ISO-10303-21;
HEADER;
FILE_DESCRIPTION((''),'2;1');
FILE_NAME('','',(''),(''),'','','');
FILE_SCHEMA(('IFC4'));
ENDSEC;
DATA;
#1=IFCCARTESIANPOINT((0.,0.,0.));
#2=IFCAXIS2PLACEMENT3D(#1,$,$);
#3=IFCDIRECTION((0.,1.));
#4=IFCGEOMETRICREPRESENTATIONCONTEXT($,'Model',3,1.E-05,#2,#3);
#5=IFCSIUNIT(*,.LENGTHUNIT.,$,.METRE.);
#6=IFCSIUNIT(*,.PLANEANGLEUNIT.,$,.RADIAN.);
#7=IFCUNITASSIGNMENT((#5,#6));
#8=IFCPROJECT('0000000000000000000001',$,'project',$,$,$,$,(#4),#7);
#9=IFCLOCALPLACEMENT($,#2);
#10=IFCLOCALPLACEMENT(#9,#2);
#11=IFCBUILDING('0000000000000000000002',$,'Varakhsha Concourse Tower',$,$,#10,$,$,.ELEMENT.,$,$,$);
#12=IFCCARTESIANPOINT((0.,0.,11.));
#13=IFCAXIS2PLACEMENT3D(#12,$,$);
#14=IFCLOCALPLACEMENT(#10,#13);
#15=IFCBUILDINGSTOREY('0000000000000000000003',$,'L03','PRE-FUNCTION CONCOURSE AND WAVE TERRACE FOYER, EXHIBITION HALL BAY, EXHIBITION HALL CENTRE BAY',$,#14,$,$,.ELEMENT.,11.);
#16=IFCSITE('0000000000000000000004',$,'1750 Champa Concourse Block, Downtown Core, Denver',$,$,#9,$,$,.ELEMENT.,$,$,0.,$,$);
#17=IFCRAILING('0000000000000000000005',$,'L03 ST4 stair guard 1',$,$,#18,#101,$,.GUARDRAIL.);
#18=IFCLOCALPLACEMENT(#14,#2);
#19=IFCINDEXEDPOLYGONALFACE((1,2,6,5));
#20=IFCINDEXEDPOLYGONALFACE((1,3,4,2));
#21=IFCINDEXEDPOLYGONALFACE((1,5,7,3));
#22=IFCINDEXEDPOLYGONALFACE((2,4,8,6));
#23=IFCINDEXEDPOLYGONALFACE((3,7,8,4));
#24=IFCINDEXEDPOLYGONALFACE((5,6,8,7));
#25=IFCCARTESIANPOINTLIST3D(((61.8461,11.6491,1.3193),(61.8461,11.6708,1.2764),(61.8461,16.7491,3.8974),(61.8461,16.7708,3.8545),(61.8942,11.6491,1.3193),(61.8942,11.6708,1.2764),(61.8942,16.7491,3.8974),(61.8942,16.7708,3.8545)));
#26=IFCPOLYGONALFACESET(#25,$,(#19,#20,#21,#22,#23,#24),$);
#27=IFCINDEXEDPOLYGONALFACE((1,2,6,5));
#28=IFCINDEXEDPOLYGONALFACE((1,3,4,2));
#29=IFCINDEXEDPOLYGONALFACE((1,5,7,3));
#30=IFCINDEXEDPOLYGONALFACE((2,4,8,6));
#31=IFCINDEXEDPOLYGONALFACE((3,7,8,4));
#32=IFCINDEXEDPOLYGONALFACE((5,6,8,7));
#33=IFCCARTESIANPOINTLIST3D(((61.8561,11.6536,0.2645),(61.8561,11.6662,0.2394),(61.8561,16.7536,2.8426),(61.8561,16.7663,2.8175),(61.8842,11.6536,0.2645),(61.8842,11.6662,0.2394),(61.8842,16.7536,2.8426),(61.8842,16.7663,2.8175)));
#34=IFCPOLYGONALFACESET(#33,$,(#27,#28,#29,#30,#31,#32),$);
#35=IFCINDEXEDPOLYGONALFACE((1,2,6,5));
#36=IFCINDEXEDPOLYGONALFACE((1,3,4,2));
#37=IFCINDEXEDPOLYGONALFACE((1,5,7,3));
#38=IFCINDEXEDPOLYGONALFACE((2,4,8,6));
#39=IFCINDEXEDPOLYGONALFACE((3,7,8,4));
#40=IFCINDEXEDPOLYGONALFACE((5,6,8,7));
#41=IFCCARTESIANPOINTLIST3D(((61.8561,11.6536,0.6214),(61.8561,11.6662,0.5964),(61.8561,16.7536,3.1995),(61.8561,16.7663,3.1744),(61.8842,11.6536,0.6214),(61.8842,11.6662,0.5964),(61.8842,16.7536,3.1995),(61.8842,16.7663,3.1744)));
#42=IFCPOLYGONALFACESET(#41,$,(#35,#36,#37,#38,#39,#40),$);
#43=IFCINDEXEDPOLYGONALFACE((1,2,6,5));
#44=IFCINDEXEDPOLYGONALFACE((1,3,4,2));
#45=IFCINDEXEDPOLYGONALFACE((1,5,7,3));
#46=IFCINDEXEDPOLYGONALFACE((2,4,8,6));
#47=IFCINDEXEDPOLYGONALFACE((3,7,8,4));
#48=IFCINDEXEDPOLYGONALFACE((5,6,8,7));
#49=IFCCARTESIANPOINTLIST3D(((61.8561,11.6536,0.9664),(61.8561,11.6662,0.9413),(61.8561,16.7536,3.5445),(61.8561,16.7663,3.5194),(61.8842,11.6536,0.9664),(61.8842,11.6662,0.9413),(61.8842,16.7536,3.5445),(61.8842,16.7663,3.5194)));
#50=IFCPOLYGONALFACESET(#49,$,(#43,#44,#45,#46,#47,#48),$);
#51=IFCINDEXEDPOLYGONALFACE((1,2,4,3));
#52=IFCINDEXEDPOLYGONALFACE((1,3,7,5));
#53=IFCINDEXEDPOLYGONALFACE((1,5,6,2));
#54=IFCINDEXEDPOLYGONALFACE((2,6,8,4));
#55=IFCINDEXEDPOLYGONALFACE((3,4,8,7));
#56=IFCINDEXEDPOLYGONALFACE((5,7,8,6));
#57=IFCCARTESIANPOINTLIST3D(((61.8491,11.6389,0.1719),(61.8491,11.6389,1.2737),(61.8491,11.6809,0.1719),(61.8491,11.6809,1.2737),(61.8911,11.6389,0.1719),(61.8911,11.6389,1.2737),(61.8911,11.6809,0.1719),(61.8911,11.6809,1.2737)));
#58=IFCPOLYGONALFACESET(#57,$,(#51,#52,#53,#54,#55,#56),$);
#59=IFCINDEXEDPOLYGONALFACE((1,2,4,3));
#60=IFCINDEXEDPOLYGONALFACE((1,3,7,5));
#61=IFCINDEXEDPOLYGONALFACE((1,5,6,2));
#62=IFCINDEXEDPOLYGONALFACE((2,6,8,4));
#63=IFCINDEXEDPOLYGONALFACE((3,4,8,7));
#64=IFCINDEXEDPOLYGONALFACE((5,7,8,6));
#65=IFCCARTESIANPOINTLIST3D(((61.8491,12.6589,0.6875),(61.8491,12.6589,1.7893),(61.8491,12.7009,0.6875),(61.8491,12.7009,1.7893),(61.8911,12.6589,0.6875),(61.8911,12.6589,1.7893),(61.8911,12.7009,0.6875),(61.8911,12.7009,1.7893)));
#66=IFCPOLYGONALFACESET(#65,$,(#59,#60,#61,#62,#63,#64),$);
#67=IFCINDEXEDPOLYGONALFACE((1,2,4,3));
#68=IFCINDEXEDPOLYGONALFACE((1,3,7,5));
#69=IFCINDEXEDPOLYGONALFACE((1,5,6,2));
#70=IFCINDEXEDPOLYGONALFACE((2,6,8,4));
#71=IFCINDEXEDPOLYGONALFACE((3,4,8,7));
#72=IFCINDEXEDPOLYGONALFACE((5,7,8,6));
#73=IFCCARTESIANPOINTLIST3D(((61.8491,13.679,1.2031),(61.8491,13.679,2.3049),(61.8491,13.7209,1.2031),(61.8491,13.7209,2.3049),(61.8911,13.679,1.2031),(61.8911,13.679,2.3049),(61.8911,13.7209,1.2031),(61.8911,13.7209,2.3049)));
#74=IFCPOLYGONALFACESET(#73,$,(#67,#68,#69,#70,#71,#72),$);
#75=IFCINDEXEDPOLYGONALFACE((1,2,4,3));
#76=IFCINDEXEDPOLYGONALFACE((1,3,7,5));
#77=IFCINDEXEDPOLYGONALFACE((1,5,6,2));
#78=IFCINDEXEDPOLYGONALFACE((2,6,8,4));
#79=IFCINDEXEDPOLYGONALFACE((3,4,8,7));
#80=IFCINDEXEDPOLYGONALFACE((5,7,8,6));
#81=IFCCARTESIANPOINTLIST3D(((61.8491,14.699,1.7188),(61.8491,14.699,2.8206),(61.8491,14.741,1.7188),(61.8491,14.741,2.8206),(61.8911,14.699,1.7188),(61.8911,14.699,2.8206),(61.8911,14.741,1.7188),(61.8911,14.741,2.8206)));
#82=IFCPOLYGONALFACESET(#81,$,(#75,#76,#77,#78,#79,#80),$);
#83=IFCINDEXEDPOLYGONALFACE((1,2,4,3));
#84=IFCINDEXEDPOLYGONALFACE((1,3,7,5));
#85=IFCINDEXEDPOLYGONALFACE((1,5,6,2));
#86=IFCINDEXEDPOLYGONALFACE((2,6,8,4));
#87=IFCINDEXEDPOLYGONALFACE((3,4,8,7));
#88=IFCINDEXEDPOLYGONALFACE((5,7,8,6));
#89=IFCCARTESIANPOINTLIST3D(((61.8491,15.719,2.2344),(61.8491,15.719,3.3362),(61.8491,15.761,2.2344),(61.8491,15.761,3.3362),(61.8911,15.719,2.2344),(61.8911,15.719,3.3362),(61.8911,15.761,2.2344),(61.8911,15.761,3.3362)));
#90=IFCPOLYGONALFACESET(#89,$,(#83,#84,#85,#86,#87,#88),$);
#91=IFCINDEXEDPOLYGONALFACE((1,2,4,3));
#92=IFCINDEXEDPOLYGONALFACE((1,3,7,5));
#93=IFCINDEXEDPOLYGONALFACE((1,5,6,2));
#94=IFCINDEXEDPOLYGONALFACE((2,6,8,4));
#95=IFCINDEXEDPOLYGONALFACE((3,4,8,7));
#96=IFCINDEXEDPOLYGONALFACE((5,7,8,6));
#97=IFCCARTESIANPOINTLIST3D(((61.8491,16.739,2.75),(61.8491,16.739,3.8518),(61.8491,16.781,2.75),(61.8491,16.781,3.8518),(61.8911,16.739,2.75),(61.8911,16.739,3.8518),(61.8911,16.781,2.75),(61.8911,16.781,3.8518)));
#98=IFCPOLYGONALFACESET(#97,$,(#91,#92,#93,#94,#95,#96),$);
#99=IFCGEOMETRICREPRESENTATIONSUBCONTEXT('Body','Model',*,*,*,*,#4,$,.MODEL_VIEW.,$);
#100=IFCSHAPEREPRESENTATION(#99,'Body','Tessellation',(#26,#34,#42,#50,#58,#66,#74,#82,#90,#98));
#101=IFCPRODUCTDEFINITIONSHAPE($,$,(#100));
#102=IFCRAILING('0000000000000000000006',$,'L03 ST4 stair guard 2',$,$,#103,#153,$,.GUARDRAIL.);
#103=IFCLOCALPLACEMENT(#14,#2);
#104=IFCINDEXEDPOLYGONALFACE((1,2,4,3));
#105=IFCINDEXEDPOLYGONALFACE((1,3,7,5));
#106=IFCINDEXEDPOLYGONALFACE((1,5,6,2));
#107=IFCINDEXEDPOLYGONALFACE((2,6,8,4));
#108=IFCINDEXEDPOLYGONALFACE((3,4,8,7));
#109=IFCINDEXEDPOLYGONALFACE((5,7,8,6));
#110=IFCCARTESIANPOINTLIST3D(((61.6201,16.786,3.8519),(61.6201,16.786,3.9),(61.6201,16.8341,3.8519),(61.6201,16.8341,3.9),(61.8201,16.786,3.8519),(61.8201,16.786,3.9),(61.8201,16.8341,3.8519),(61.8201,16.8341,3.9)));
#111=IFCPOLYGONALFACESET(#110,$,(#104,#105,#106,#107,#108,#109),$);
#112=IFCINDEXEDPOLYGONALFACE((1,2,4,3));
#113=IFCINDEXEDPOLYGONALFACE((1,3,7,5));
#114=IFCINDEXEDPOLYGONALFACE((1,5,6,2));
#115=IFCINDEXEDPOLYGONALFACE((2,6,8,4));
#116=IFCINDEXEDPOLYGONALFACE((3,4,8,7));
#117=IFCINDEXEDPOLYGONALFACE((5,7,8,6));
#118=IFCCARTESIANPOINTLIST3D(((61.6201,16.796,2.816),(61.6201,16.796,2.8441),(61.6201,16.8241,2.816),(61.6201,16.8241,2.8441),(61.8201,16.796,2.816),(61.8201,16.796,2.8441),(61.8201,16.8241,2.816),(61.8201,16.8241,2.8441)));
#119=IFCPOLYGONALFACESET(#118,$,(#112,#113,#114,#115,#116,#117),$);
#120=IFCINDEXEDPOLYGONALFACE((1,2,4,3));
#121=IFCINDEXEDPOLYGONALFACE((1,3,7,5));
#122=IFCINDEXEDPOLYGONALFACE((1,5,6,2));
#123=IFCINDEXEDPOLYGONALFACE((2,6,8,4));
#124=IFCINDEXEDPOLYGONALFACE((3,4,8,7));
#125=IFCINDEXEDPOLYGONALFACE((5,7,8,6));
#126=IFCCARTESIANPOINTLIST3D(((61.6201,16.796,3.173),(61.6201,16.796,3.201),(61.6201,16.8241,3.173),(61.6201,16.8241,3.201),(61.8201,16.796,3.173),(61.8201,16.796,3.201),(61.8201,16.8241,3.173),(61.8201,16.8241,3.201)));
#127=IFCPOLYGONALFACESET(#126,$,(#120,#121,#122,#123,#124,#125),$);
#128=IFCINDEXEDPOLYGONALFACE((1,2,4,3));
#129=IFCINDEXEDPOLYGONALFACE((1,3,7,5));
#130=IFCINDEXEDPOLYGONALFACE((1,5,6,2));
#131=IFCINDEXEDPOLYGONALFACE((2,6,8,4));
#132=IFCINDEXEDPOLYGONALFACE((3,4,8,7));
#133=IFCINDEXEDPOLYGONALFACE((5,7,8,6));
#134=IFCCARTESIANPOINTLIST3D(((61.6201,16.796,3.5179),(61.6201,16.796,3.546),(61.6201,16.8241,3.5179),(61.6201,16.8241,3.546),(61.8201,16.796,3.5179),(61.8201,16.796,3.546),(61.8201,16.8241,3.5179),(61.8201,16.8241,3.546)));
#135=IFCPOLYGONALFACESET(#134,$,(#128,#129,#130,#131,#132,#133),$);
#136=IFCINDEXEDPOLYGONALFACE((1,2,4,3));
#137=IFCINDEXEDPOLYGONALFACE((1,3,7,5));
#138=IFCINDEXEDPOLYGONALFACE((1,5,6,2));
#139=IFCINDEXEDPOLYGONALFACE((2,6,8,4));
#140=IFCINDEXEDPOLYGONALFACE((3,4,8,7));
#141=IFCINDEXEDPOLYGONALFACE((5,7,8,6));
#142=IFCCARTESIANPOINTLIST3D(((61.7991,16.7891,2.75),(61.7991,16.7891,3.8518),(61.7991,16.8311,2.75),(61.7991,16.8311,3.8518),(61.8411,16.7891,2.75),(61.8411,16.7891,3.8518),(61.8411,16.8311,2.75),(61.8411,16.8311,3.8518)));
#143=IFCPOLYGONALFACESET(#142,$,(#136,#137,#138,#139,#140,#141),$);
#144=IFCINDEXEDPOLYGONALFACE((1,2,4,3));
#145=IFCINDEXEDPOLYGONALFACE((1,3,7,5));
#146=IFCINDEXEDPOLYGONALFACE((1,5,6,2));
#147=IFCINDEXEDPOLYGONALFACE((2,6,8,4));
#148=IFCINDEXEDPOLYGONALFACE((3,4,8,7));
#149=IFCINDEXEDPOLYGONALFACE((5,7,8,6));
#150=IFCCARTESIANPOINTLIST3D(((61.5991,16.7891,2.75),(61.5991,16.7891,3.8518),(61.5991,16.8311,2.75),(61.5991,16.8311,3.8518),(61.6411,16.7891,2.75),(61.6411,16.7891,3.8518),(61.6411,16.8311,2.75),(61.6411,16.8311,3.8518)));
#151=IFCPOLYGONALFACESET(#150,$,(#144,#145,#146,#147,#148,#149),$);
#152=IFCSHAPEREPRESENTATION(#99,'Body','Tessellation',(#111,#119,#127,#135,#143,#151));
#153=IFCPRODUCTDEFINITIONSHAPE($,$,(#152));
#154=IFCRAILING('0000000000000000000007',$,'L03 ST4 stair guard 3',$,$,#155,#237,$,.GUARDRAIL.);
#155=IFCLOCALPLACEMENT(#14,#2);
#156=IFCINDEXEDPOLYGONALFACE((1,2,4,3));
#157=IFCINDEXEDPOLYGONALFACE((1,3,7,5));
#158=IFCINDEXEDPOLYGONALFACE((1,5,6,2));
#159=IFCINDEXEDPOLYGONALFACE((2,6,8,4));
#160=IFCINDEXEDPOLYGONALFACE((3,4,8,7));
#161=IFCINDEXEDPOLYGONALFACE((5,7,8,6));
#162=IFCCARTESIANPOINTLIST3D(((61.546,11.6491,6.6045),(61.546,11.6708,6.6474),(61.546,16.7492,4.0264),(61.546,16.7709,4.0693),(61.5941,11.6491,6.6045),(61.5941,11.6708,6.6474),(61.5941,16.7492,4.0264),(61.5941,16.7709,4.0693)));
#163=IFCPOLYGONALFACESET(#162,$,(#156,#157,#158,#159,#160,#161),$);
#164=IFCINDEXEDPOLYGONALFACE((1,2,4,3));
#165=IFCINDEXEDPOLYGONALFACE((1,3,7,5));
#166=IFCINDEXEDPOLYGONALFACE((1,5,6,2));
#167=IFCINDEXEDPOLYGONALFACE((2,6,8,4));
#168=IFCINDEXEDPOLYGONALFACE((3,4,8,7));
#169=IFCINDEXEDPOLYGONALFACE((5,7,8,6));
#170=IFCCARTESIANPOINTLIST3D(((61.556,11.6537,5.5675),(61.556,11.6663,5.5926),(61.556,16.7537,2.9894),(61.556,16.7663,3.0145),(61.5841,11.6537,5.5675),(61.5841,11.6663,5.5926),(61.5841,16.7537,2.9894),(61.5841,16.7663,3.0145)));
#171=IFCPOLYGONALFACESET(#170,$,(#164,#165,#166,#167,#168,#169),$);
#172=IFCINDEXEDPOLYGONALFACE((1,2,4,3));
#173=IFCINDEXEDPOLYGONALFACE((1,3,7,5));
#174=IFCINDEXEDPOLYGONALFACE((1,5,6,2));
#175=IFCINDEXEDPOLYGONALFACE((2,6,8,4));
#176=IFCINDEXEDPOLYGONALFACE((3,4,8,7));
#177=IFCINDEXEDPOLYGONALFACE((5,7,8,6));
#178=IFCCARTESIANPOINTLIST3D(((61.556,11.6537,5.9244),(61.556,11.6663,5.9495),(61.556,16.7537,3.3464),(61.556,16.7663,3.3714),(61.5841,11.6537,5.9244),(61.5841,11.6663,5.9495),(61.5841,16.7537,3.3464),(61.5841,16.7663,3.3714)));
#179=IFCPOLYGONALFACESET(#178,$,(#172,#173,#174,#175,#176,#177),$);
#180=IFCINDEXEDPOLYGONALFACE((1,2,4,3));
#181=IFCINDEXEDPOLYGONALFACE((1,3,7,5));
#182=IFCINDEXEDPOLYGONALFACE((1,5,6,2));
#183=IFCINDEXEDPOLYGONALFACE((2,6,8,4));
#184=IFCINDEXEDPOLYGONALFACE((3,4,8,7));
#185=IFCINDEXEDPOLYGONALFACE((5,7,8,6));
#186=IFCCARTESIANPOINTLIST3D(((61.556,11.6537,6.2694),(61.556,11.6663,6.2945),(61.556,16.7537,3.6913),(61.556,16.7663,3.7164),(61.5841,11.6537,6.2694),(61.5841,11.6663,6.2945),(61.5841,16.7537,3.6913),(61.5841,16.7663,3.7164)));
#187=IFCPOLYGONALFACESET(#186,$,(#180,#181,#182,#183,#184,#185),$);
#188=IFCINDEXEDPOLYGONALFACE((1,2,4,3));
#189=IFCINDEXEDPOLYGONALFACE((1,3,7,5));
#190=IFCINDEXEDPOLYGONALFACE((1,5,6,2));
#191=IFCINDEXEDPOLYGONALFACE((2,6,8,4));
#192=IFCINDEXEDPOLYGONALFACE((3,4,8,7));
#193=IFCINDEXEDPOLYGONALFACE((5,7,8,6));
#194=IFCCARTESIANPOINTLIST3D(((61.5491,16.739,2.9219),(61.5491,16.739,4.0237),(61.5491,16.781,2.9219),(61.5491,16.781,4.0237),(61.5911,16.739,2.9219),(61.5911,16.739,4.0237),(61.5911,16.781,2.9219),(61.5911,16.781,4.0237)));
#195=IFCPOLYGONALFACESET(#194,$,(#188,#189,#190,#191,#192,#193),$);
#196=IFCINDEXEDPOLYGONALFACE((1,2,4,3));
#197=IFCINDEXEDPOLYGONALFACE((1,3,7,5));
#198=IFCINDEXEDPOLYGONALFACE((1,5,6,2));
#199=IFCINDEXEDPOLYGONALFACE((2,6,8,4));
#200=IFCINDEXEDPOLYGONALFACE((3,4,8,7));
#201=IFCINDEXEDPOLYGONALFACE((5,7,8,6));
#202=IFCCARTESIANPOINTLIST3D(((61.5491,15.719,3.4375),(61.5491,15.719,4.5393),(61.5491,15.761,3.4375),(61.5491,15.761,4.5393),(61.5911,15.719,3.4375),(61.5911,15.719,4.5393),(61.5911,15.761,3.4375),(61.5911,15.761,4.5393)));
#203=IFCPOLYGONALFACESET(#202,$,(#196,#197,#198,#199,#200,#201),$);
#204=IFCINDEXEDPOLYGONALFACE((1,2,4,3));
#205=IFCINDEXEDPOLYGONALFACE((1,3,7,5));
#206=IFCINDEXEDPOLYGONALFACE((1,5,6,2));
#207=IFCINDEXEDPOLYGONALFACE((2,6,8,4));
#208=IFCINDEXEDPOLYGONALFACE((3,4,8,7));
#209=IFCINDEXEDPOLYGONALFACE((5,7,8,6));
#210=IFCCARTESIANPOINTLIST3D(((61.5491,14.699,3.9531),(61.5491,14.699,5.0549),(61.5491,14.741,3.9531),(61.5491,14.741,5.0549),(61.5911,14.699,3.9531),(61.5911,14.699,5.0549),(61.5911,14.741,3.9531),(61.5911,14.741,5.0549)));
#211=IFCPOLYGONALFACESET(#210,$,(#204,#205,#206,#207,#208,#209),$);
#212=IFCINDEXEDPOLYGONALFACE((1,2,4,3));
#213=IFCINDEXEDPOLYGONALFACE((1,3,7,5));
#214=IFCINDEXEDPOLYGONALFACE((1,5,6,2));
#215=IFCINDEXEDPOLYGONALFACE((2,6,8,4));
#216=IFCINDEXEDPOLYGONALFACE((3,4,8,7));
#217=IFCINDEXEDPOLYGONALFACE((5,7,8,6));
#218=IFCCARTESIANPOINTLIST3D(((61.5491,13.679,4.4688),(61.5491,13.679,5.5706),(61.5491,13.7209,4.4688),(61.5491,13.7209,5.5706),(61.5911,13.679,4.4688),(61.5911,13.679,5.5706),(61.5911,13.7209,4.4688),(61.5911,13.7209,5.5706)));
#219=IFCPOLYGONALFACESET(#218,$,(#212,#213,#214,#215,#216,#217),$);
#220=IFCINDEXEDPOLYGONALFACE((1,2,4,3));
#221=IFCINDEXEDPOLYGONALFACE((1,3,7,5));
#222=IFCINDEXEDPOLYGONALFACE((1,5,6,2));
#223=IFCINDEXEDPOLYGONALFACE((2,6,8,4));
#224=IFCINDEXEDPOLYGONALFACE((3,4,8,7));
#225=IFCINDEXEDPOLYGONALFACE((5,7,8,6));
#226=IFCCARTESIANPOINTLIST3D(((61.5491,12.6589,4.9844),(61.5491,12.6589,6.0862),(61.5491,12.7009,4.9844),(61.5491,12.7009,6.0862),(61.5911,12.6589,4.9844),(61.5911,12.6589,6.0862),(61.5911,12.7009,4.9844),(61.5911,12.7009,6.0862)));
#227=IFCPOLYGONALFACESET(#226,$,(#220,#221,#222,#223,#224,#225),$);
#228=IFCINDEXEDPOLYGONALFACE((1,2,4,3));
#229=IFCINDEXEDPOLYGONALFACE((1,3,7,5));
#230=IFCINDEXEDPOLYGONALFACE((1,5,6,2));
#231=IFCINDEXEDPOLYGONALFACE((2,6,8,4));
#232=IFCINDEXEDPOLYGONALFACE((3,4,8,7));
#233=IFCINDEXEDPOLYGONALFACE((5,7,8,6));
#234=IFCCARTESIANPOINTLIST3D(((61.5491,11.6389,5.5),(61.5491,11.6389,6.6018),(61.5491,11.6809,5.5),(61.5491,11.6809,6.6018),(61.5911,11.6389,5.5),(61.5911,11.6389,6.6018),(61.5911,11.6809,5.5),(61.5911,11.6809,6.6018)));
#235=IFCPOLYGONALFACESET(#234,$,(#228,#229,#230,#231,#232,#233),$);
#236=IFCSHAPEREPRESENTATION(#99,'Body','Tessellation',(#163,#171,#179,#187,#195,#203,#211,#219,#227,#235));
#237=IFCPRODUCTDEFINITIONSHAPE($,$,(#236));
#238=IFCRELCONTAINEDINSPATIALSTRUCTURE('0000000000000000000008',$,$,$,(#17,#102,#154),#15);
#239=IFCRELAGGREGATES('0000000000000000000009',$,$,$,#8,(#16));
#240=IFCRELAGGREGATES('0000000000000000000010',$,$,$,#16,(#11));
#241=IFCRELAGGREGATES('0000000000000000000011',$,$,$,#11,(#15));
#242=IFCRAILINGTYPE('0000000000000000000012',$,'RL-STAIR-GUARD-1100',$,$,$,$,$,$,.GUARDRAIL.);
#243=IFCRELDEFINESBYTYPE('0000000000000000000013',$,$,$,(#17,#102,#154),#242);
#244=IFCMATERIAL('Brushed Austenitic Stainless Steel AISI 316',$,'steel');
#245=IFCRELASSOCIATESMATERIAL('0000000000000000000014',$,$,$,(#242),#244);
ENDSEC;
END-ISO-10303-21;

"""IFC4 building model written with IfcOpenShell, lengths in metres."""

from ifc_helpers import new_model, si_unit, direction, frame, origin, origin_2d, place, context, subcontext, project, spatial, rectangle, extrude, material, type_object, element, save


model = new_model("IFC4")

# Units and contexts
model_context = context("Model", 3, precision=1e-05, world=origin(), true_north=direction((0.0, 1.0)))
body_context = subcontext(model_context, "Body", "Model", "MODEL_VIEW")
ifc_project = project(units=[si_unit("LENGTHUNIT", "METRE"), si_unit("PLANEANGLEUNIT", "RADIAN")], contexts=[model_context])

# Site, building, storey
site_placement = place(None, origin())
site = spatial("IfcSite", under=ifc_project, at=site_placement, Name="1750 Champa Concourse Block, Downtown Core, Denver", CompositionType="ELEMENT", RefElevation=0.0)
building_placement = place(site_placement, origin())
building = spatial("IfcBuilding", under=site, at=building_placement, Name="Varakhsha Concourse Tower", CompositionType="ELEMENT")
storey_placement = place(building_placement, frame((0.0, 0.0, 11.0)))
storey = spatial("IfcBuildingStorey", under=building, at=storey_placement, Name="L03", Description="PRE-FUNCTION CONCOURSE AND WAVE TERRACE FOYER, EXHIBITION HALL BAY, EXHIBITION HALL CENTRE BAY", CompositionType="ELEMENT", Elevation=11.0)

# Railings
ifc_material_1 = material(Name="Brushed Austenitic Stainless Steel AISI 316", Category="steel")
railing_type_1 = type_object("IfcRailingType", Name="RL-STAIR-GUARD-1100", PredefinedType="GUARDRAIL", material=ifc_material_1)
railing_1_placement = place(storey_placement, frame((61.8701, 11.6599, 0.1719)))
element("IfcRailing", 1, at=railing_1_placement, inside=storey, type_object=railing_type_1, Name="L03 ST4 stair guard 1", PredefinedType="GUARDRAIL", context=body_context, shape_type="SweptSolid", body=[
    extrude(rectangle(XDim=0.0481, YDim=0.0481, at=origin_2d()), frame((0.0, 0.0, 1.126), z_axis=(0.0, 0.892453, 0.45114), x_axis=(-1.0, 0.0, 0.0)), (0.0, 0.0, 1.0), 5.7146),
    extrude(rectangle(XDim=0.0281, YDim=0.0281, at=origin_2d()), frame((0.0, 0.0, 0.0801), z_axis=(0.0, 0.892453, 0.45114), x_axis=(-1.0, 0.0, 0.0)), (0.0, 0.0, 1.0), 5.7146),
    extrude(rectangle(XDim=0.0281, YDim=0.0281, at=origin_2d()), frame((0.0, 0.0, 0.437), z_axis=(0.0, 0.892453, 0.45114), x_axis=(-1.0, 0.0, 0.0)), (0.0, 0.0, 1.0), 5.7146),
    extrude(rectangle(XDim=0.0281, YDim=0.0281, at=origin_2d()), frame((0.0, 0.0, 0.782), z_axis=(0.0, 0.892453, 0.45114), x_axis=(-1.0, 0.0, 0.0)), (0.0, 0.0, 1.0), 5.7146),
    extrude(rectangle(XDim=0.042, YDim=0.042, at=origin_2d()), origin(), (0.0, 0.0, 1.0), 1.1018),
    extrude(rectangle(XDim=0.042, YDim=0.042, at=origin_2d()), frame((0.0, 1.02, 0.5156)), (0.0, 0.0, 1.0), 1.1018),
    extrude(rectangle(XDim=0.042, YDim=0.042, at=origin_2d()), frame((0.0, 2.04, 1.0312)), (0.0, 0.0, 1.0), 1.1018),
    extrude(rectangle(XDim=0.042, YDim=0.042, at=origin_2d()), frame((0.0, 3.0601, 1.5469)), (0.0, 0.0, 1.0), 1.1018),
    extrude(rectangle(XDim=0.042, YDim=0.042, at=origin_2d()), frame((0.0, 4.0801, 2.0625)), (0.0, 0.0, 1.0), 1.1018),
    extrude(rectangle(XDim=0.042, YDim=0.042, at=origin_2d()), frame((0.0, 5.1001, 2.5781)), (0.0, 0.0, 1.0), 1.1018),
])
railing_2_placement = place(storey_placement, frame((61.8201, 16.8101, 2.75)))
element("IfcRailing", 2, at=railing_2_placement, inside=storey, type_object=railing_type_1, Name="L03 ST4 stair guard 2", PredefinedType="GUARDRAIL", context=body_context, shape_type="SweptSolid", body=[
    extrude(rectangle(XDim=0.0481, YDim=0.0481, at=origin_2d()), frame((0.0, 0.0, 1.126), z_axis=(-1.0, 0.0, 0.0), x_axis=(0.0, -1.0, 0.0)), (0.0, 0.0, 1.0), 0.2),
    extrude(rectangle(XDim=0.0281, YDim=0.0281, at=origin_2d()), frame((0.0, 0.0, 0.0801), z_axis=(-1.0, 0.0, 0.0), x_axis=(0.0, -1.0, 0.0)), (0.0, 0.0, 1.0), 0.2),
    extrude(rectangle(XDim=0.0281, YDim=0.0281, at=origin_2d()), frame((0.0, 0.0, 0.437), z_axis=(-1.0, 0.0, 0.0), x_axis=(0.0, -1.0, 0.0)), (0.0, 0.0, 1.0), 0.2),
    extrude(rectangle(XDim=0.0281, YDim=0.0281, at=origin_2d()), frame((0.0, 0.0, 0.782), z_axis=(-1.0, 0.0, 0.0), x_axis=(0.0, -1.0, 0.0)), (0.0, 0.0, 1.0), 0.2),
    extrude(rectangle(XDim=0.042, YDim=0.042, at=origin_2d()), origin(), (0.0, 0.0, 1.0), 1.1018),
    extrude(rectangle(XDim=0.042, YDim=0.042, at=origin_2d()), frame((-0.2, 0.0, 0.0)), (0.0, 0.0, 1.0), 1.1018),
])
railing_3_placement = place(storey_placement, frame((61.5701, 16.76, 2.9219)))
element("IfcRailing", 3, at=railing_3_placement, inside=storey, type_object=railing_type_1, Name="L03 ST4 stair guard 3", PredefinedType="GUARDRAIL", context=body_context, shape_type="SweptSolid", body=[
    extrude(rectangle(XDim=0.0481, YDim=0.0481, at=origin_2d()), frame((0.0, 0.0, 1.126), z_axis=(0.0, -0.892453, 0.45114), x_axis=(1.0, 0.0, 0.0)), (0.0, 0.0, 1.0), 5.7146),
    extrude(rectangle(XDim=0.0281, YDim=0.0281, at=origin_2d()), frame((0.0, 0.0, 0.0801), z_axis=(0.0, -0.892453, 0.45114), x_axis=(1.0, 0.0, 0.0)), (0.0, 0.0, 1.0), 5.7146),
    extrude(rectangle(XDim=0.0281, YDim=0.0281, at=origin_2d()), frame((0.0, 0.0, 0.437), z_axis=(0.0, -0.892453, 0.45114), x_axis=(1.0, 0.0, 0.0)), (0.0, 0.0, 1.0), 5.7146),
    extrude(rectangle(XDim=0.0281, YDim=0.0281, at=origin_2d()), frame((0.0, 0.0, 0.782), z_axis=(0.0, -0.892453, 0.45114), x_axis=(1.0, 0.0, 0.0)), (0.0, 0.0, 1.0), 5.7146),
    extrude(rectangle(XDim=0.042, YDim=0.042, at=origin_2d()), origin(), (0.0, 0.0, 1.0), 1.1018),
    extrude(rectangle(XDim=0.042, YDim=0.042, at=origin_2d()), frame((0.0, -1.02, 0.5156)), (0.0, 0.0, 1.0), 1.1018),
    extrude(rectangle(XDim=0.042, YDim=0.042, at=origin_2d()), frame((0.0, -2.04, 1.0312)), (0.0, 0.0, 1.0), 1.1018),
    extrude(rectangle(XDim=0.042, YDim=0.042, at=origin_2d()), frame((0.0, -3.0601, 1.5469)), (0.0, 0.0, 1.0), 1.1018),
    extrude(rectangle(XDim=0.042, YDim=0.042, at=origin_2d()), frame((0.0, -4.0801, 2.0625)), (0.0, 0.0, 1.0), 1.1018),
    extrude(rectangle(XDim=0.042, YDim=0.042, at=origin_2d()), frame((0.0, -5.1001, 2.5781)), (0.0, 0.0, 1.0), 1.1018),
])

save(model, "model.ifc")
